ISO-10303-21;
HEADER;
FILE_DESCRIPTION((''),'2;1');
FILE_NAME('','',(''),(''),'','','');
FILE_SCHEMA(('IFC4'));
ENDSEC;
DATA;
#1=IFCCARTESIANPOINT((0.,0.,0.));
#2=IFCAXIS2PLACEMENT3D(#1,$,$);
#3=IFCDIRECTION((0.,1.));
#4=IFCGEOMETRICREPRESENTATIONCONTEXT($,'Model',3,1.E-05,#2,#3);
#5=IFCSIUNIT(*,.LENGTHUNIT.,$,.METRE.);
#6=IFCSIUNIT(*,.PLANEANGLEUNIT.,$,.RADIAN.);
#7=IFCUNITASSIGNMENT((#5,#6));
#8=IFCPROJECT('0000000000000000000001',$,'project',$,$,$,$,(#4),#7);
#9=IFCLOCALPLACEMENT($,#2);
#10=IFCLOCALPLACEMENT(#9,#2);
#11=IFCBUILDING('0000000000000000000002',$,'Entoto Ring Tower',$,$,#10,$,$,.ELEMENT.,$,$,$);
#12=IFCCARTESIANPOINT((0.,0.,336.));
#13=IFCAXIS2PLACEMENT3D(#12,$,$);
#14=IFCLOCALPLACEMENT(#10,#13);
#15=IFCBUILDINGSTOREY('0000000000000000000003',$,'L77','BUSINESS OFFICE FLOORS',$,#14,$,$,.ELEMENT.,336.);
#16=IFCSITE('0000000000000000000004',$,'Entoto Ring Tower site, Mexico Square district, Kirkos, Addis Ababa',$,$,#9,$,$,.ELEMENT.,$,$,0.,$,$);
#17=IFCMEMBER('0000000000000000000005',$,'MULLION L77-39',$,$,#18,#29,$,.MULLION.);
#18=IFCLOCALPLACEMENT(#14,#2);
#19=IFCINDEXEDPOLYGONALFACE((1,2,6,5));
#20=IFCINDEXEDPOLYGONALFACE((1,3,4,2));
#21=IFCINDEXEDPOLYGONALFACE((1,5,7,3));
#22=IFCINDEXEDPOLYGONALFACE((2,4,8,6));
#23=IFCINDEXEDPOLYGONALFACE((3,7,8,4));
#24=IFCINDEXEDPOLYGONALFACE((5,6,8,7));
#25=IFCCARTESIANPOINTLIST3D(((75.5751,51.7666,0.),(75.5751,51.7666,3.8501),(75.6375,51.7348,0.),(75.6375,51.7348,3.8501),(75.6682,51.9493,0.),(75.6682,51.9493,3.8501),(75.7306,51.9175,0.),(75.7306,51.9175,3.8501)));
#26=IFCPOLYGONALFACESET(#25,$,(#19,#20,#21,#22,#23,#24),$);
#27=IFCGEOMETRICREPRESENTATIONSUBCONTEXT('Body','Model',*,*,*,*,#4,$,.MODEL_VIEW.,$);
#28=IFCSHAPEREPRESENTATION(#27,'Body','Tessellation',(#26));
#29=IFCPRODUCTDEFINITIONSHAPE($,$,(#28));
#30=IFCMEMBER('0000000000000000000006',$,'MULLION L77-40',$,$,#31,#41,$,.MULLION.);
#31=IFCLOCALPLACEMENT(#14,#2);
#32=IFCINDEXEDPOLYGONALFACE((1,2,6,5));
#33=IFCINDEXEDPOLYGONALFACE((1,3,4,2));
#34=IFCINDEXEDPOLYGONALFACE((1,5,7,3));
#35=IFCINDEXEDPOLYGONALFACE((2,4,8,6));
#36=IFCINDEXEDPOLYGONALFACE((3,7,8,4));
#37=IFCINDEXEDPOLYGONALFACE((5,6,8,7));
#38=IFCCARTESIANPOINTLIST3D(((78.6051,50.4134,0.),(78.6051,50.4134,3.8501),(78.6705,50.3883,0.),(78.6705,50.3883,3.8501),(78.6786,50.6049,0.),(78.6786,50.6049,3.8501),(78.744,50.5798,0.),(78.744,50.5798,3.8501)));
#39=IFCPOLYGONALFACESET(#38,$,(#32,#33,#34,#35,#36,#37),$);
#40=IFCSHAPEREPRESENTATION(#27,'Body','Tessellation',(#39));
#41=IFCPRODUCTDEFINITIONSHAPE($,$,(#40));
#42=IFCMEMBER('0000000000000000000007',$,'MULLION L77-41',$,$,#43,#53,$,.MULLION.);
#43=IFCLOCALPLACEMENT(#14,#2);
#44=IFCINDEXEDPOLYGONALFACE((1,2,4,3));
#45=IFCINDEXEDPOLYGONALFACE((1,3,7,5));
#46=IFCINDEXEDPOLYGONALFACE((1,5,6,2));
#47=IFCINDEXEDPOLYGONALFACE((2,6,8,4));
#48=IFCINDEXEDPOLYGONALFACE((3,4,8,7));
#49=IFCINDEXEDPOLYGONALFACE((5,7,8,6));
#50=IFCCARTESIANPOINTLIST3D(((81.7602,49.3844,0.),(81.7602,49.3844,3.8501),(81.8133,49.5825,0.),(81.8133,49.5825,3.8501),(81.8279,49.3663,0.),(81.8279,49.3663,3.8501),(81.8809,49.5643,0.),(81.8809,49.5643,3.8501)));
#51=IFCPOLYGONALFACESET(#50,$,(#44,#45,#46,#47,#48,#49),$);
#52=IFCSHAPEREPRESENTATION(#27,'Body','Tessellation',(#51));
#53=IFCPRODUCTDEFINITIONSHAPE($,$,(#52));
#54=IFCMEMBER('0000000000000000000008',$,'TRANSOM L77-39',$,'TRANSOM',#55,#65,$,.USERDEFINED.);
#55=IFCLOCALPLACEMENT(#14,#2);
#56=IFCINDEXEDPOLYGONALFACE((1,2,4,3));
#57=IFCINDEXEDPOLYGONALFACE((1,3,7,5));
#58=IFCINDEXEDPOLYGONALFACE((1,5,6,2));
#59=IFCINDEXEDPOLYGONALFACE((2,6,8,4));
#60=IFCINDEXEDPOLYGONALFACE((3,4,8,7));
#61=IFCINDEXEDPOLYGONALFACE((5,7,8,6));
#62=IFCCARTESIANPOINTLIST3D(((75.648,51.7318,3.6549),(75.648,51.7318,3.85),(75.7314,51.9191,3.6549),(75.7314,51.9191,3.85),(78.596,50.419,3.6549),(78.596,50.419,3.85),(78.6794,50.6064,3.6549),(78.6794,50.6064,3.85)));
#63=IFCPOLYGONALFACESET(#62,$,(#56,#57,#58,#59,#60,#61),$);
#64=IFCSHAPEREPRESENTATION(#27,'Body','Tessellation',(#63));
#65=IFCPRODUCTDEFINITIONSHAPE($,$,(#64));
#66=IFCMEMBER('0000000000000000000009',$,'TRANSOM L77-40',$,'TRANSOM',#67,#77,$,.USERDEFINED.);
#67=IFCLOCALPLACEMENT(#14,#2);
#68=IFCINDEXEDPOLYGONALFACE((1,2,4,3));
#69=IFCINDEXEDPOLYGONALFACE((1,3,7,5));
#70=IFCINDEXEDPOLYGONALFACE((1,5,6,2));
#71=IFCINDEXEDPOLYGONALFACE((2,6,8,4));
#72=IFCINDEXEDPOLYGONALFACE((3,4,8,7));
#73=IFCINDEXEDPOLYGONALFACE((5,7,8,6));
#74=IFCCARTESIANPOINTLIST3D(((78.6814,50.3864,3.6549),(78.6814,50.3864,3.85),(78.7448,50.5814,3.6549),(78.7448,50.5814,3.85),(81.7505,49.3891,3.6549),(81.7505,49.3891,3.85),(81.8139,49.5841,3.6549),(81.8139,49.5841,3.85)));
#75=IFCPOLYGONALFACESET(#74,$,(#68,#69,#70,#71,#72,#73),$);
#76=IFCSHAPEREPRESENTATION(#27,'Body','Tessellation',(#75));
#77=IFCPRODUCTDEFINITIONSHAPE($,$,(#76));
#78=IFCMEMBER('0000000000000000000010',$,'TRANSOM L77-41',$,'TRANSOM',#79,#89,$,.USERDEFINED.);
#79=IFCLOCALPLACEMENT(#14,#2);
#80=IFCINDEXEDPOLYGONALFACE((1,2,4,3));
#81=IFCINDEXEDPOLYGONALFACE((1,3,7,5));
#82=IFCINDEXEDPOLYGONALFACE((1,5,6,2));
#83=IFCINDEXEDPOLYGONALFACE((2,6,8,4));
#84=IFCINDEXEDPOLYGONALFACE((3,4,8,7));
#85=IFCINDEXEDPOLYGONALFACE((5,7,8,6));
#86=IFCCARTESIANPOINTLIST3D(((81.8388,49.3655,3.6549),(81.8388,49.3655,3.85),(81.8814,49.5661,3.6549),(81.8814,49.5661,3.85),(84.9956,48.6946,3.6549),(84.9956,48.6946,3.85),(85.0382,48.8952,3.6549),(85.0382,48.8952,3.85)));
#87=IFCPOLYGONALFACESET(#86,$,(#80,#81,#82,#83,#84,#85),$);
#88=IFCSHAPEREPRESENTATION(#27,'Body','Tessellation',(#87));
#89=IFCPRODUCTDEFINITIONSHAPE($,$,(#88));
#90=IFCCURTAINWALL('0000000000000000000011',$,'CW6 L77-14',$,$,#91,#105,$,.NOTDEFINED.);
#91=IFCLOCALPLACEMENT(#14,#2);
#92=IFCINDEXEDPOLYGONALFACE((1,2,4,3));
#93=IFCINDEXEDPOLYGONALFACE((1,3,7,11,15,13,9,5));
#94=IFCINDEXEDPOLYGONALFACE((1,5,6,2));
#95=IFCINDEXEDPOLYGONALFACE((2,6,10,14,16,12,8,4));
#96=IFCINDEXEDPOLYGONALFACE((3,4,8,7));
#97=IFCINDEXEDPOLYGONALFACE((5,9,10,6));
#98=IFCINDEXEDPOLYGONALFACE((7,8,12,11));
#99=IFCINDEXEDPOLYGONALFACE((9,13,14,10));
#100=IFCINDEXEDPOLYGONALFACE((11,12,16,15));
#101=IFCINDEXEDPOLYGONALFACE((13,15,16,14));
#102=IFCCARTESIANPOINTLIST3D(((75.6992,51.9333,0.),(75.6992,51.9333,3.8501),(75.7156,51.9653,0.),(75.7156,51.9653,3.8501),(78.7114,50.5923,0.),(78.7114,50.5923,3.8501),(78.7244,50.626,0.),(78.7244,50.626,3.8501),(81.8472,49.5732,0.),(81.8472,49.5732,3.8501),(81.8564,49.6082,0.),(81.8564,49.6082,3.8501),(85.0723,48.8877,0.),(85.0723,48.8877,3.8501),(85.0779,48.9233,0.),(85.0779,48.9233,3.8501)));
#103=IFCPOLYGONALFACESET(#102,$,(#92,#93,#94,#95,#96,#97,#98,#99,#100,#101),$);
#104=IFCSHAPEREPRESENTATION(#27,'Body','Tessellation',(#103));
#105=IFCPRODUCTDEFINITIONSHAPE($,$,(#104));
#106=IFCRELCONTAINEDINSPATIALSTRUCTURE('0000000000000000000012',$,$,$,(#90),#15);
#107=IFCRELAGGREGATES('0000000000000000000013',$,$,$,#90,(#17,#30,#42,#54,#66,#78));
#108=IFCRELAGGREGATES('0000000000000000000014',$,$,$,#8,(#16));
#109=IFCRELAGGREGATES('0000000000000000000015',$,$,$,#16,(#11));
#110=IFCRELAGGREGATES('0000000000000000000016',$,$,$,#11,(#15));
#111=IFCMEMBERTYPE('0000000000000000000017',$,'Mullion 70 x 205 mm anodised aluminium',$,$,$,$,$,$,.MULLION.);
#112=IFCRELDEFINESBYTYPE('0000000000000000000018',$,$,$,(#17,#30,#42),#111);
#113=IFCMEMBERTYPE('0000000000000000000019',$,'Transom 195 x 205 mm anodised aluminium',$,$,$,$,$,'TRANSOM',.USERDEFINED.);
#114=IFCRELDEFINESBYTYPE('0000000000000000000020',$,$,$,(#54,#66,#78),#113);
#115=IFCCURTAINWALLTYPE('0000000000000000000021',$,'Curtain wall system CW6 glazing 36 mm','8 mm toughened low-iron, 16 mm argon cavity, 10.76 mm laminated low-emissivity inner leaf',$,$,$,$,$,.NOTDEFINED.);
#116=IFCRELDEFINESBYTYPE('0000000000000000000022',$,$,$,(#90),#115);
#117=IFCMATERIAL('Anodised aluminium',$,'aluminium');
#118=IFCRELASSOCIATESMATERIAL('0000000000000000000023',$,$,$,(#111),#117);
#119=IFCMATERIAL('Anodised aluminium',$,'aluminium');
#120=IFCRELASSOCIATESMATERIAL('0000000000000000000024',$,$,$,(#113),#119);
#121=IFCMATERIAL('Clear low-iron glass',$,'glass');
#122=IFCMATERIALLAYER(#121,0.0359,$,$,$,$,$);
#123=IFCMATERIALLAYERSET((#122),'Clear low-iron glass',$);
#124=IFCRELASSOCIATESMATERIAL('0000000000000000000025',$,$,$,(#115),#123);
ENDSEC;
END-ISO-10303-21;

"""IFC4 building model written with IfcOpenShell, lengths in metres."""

from ifc_helpers import new_model, si_unit, direction, frame, origin, origin_2d, place, context, subcontext, project, spatial, polyline, rectangle, outline, extrude, material, layer, layer_set, material_profile, profile_set, type_object, element, aggregate, save


model = new_model("IFC4")

# Units and contexts
model_context = context("Model", 3, precision=1e-05, world=origin(), true_north=direction((0.0, 1.0)))
body_context = subcontext(model_context, "Body", "Model", "MODEL_VIEW")
ifc_project = project(units=[si_unit("LENGTHUNIT", "METRE"), si_unit("PLANEANGLEUNIT", "RADIAN")], contexts=[model_context])

# Members
ifc_material_1 = material(Name="Anodised aluminium", Category="aluminium")
ifc_material_profile_1 = material_profile(ifc_material_1, rectangle(XDim=0.0701, YDim=0.2051, at=origin_2d()), Name="Mullion 70 x 205 mm anodised aluminium")
ifc_profile_set_1 = profile_set([ifc_material_profile_1], Name="Anodised aluminium")
member_type_1 = type_object("IfcMemberType", Name="Mullion 70 x 205 mm anodised aluminium", PredefinedType="MULLION", material=ifc_profile_set_1)
site_placement = place(None, origin())
building_placement = place(site_placement, origin())
storey_placement = place(building_placement, frame((0.0, 0.0, 336.0)))
member_1_placement = place(storey_placement, frame((75.6528, 51.842, 0.0), z_axis=(0.0, 0.0, 1.0), x_axis=(0.891007, -0.45399, 0.0)))
member_1 = element("IfcMember", 1, at=member_1_placement, type_object=member_type_1, Name="MULLION L77-39", PredefinedType="MULLION", context=body_context, shape_type="SweptSolid", body=[
    extrude(rectangle(XDim=0.0701, YDim=0.2051, at=origin_2d()), origin(), (0.0, 0.0, 1.0), 3.8501),
])
member_2_placement = place(storey_placement, frame((78.6746, 50.4966, 0.0), z_axis=(0.0, 0.0, 1.0), x_axis=(0.93358, -0.358368, 0.0)))
member_2 = element("IfcMember", 2, at=member_2_placement, type_object=member_type_1, Name="MULLION L77-40", PredefinedType="MULLION", context=body_context, shape_type="SweptSolid", body=[
    extrude(rectangle(XDim=0.0701, YDim=0.2051, at=origin_2d()), origin(), (0.0, 0.0, 1.0), 3.8501),
])
member_3_placement = place(storey_placement, frame((81.8206, 49.4744, 0.0), z_axis=(0.0, 0.0, 1.0), x_axis=(0.965926, -0.258819, 0.0)))
member_3 = element("IfcMember", 3, at=member_3_placement, type_object=member_type_1, Name="MULLION L77-41", PredefinedType="MULLION", context=body_context, shape_type="SweptSolid", body=[
    extrude(rectangle(XDim=0.0701, YDim=0.2051, at=origin_2d()), origin(), (0.0, 0.0, 1.0), 3.8501),
])
ifc_material_2 = material(Name="Anodised aluminium", Category="aluminium")
ifc_material_profile_2 = material_profile(ifc_material_2, rectangle(XDim=0.2051, YDim=0.1951, at=origin_2d()), Name="Transom 195 x 205 mm anodised aluminium")
ifc_profile_set_2 = profile_set([ifc_material_profile_2], Name="Anodised aluminium")
member_type_2 = type_object("IfcMemberType", Name="Transom 195 x 205 mm anodised aluminium", ElementType="TRANSOM", PredefinedType="USERDEFINED", material=ifc_profile_set_2)
member_4_placement = place(storey_placement, frame((75.6897, 51.8254, 3.7524), z_axis=(0.913521, -0.406791, 0.0), x_axis=(0.406791, 0.913521, 0.0)))
member_4 = element("IfcMember", 4, at=member_4_placement, type_object=member_type_2, Name="TRANSOM L77-39", ObjectType="TRANSOM", PredefinedType="USERDEFINED", context=body_context, shape_type="SweptSolid", body=[
    extrude(rectangle(XDim=0.2051, YDim=0.1951, at=origin_2d()), origin(), (0.0, 0.0, 1.0), 3.2271),
])
member_5_placement = place(storey_placement, frame((78.7131, 50.4839, 3.7524), z_axis=(0.951047, -0.309047, 0.0), x_axis=(0.309047, 0.951047, 0.0)))
member_5 = element("IfcMember", 5, at=member_5_placement, type_object=member_type_2, Name="TRANSOM L77-40", ObjectType="TRANSOM", PredefinedType="USERDEFINED", context=body_context, shape_type="SweptSolid", body=[
    extrude(rectangle(XDim=0.2051, YDim=0.1951, at=origin_2d()), origin(), (0.0, 0.0, 1.0), 3.2271),
])
member_6_placement = place(storey_placement, frame((81.8601, 49.4658, 3.7524), z_axis=(0.978153, -0.207886, 0.0), x_axis=(0.207886, 0.978153, 0.0)))
member_6 = element("IfcMember", 6, at=member_6_placement, type_object=member_type_2, Name="TRANSOM L77-41", ObjectType="TRANSOM", PredefinedType="USERDEFINED", context=body_context, shape_type="SweptSolid", body=[
    extrude(rectangle(XDim=0.2051, YDim=0.1951, at=origin_2d()), origin(), (0.0, 0.0, 1.0), 3.2273),
])

# Site, building, storey
site = spatial("IfcSite", under=ifc_project, at=site_placement, Name="Entoto Ring Tower site, Mexico Square district, Kirkos, Addis Ababa", CompositionType="ELEMENT", RefElevation=0.0)
building = spatial("IfcBuilding", under=site, at=building_placement, Name="Entoto Ring Tower", CompositionType="ELEMENT")
storey = spatial("IfcBuildingStorey", under=building, at=storey_placement, Name="L77", Description="BUSINESS OFFICE FLOORS", CompositionType="ELEMENT", Elevation=336.0)

# Curtain wall
ifc_material_3 = material(Name="Clear low-iron glass", Category="glass")
ifc_layer = layer(ifc_material_3, 0.0359)
ifc_layer_set = layer_set([ifc_layer], Name="Clear low-iron glass")
curtain_wall_type = type_object("IfcCurtainWallType", Name="Curtain wall system CW6 glazing 36 mm", Description="8 mm toughened low-iron, 16 mm argon cavity, 10.76 mm laminated low-emissivity inner leaf", PredefinedType="NOTDEFINED", material=ifc_layer_set)
curtain_wall_1_placement = place(storey_placement, origin())
curtain_wall_1 = element("IfcCurtainWall", 7, at=curtain_wall_1_placement, inside=storey, type_object=curtain_wall_type, Name="CW6 L77-14", PredefinedType="NOTDEFINED", context=body_context, shape_type="SweptSolid", body=[
    extrude(outline(polyline([(75.6992, 51.9333), (78.7114, 50.5923), (81.8472, 49.5732), (85.0723, 48.8877), (85.0779, 48.9233), (81.8564, 49.6082), (78.7244, 50.626), (75.7156, 51.9653), (75.6992, 51.9333)])), origin(), (0.0, 0.0, 1.0), 3.8501),
])
aggregate(curtain_wall_1, [member_1, member_2, member_3, member_4, member_5, member_6])

save(model, "model.ifc")
